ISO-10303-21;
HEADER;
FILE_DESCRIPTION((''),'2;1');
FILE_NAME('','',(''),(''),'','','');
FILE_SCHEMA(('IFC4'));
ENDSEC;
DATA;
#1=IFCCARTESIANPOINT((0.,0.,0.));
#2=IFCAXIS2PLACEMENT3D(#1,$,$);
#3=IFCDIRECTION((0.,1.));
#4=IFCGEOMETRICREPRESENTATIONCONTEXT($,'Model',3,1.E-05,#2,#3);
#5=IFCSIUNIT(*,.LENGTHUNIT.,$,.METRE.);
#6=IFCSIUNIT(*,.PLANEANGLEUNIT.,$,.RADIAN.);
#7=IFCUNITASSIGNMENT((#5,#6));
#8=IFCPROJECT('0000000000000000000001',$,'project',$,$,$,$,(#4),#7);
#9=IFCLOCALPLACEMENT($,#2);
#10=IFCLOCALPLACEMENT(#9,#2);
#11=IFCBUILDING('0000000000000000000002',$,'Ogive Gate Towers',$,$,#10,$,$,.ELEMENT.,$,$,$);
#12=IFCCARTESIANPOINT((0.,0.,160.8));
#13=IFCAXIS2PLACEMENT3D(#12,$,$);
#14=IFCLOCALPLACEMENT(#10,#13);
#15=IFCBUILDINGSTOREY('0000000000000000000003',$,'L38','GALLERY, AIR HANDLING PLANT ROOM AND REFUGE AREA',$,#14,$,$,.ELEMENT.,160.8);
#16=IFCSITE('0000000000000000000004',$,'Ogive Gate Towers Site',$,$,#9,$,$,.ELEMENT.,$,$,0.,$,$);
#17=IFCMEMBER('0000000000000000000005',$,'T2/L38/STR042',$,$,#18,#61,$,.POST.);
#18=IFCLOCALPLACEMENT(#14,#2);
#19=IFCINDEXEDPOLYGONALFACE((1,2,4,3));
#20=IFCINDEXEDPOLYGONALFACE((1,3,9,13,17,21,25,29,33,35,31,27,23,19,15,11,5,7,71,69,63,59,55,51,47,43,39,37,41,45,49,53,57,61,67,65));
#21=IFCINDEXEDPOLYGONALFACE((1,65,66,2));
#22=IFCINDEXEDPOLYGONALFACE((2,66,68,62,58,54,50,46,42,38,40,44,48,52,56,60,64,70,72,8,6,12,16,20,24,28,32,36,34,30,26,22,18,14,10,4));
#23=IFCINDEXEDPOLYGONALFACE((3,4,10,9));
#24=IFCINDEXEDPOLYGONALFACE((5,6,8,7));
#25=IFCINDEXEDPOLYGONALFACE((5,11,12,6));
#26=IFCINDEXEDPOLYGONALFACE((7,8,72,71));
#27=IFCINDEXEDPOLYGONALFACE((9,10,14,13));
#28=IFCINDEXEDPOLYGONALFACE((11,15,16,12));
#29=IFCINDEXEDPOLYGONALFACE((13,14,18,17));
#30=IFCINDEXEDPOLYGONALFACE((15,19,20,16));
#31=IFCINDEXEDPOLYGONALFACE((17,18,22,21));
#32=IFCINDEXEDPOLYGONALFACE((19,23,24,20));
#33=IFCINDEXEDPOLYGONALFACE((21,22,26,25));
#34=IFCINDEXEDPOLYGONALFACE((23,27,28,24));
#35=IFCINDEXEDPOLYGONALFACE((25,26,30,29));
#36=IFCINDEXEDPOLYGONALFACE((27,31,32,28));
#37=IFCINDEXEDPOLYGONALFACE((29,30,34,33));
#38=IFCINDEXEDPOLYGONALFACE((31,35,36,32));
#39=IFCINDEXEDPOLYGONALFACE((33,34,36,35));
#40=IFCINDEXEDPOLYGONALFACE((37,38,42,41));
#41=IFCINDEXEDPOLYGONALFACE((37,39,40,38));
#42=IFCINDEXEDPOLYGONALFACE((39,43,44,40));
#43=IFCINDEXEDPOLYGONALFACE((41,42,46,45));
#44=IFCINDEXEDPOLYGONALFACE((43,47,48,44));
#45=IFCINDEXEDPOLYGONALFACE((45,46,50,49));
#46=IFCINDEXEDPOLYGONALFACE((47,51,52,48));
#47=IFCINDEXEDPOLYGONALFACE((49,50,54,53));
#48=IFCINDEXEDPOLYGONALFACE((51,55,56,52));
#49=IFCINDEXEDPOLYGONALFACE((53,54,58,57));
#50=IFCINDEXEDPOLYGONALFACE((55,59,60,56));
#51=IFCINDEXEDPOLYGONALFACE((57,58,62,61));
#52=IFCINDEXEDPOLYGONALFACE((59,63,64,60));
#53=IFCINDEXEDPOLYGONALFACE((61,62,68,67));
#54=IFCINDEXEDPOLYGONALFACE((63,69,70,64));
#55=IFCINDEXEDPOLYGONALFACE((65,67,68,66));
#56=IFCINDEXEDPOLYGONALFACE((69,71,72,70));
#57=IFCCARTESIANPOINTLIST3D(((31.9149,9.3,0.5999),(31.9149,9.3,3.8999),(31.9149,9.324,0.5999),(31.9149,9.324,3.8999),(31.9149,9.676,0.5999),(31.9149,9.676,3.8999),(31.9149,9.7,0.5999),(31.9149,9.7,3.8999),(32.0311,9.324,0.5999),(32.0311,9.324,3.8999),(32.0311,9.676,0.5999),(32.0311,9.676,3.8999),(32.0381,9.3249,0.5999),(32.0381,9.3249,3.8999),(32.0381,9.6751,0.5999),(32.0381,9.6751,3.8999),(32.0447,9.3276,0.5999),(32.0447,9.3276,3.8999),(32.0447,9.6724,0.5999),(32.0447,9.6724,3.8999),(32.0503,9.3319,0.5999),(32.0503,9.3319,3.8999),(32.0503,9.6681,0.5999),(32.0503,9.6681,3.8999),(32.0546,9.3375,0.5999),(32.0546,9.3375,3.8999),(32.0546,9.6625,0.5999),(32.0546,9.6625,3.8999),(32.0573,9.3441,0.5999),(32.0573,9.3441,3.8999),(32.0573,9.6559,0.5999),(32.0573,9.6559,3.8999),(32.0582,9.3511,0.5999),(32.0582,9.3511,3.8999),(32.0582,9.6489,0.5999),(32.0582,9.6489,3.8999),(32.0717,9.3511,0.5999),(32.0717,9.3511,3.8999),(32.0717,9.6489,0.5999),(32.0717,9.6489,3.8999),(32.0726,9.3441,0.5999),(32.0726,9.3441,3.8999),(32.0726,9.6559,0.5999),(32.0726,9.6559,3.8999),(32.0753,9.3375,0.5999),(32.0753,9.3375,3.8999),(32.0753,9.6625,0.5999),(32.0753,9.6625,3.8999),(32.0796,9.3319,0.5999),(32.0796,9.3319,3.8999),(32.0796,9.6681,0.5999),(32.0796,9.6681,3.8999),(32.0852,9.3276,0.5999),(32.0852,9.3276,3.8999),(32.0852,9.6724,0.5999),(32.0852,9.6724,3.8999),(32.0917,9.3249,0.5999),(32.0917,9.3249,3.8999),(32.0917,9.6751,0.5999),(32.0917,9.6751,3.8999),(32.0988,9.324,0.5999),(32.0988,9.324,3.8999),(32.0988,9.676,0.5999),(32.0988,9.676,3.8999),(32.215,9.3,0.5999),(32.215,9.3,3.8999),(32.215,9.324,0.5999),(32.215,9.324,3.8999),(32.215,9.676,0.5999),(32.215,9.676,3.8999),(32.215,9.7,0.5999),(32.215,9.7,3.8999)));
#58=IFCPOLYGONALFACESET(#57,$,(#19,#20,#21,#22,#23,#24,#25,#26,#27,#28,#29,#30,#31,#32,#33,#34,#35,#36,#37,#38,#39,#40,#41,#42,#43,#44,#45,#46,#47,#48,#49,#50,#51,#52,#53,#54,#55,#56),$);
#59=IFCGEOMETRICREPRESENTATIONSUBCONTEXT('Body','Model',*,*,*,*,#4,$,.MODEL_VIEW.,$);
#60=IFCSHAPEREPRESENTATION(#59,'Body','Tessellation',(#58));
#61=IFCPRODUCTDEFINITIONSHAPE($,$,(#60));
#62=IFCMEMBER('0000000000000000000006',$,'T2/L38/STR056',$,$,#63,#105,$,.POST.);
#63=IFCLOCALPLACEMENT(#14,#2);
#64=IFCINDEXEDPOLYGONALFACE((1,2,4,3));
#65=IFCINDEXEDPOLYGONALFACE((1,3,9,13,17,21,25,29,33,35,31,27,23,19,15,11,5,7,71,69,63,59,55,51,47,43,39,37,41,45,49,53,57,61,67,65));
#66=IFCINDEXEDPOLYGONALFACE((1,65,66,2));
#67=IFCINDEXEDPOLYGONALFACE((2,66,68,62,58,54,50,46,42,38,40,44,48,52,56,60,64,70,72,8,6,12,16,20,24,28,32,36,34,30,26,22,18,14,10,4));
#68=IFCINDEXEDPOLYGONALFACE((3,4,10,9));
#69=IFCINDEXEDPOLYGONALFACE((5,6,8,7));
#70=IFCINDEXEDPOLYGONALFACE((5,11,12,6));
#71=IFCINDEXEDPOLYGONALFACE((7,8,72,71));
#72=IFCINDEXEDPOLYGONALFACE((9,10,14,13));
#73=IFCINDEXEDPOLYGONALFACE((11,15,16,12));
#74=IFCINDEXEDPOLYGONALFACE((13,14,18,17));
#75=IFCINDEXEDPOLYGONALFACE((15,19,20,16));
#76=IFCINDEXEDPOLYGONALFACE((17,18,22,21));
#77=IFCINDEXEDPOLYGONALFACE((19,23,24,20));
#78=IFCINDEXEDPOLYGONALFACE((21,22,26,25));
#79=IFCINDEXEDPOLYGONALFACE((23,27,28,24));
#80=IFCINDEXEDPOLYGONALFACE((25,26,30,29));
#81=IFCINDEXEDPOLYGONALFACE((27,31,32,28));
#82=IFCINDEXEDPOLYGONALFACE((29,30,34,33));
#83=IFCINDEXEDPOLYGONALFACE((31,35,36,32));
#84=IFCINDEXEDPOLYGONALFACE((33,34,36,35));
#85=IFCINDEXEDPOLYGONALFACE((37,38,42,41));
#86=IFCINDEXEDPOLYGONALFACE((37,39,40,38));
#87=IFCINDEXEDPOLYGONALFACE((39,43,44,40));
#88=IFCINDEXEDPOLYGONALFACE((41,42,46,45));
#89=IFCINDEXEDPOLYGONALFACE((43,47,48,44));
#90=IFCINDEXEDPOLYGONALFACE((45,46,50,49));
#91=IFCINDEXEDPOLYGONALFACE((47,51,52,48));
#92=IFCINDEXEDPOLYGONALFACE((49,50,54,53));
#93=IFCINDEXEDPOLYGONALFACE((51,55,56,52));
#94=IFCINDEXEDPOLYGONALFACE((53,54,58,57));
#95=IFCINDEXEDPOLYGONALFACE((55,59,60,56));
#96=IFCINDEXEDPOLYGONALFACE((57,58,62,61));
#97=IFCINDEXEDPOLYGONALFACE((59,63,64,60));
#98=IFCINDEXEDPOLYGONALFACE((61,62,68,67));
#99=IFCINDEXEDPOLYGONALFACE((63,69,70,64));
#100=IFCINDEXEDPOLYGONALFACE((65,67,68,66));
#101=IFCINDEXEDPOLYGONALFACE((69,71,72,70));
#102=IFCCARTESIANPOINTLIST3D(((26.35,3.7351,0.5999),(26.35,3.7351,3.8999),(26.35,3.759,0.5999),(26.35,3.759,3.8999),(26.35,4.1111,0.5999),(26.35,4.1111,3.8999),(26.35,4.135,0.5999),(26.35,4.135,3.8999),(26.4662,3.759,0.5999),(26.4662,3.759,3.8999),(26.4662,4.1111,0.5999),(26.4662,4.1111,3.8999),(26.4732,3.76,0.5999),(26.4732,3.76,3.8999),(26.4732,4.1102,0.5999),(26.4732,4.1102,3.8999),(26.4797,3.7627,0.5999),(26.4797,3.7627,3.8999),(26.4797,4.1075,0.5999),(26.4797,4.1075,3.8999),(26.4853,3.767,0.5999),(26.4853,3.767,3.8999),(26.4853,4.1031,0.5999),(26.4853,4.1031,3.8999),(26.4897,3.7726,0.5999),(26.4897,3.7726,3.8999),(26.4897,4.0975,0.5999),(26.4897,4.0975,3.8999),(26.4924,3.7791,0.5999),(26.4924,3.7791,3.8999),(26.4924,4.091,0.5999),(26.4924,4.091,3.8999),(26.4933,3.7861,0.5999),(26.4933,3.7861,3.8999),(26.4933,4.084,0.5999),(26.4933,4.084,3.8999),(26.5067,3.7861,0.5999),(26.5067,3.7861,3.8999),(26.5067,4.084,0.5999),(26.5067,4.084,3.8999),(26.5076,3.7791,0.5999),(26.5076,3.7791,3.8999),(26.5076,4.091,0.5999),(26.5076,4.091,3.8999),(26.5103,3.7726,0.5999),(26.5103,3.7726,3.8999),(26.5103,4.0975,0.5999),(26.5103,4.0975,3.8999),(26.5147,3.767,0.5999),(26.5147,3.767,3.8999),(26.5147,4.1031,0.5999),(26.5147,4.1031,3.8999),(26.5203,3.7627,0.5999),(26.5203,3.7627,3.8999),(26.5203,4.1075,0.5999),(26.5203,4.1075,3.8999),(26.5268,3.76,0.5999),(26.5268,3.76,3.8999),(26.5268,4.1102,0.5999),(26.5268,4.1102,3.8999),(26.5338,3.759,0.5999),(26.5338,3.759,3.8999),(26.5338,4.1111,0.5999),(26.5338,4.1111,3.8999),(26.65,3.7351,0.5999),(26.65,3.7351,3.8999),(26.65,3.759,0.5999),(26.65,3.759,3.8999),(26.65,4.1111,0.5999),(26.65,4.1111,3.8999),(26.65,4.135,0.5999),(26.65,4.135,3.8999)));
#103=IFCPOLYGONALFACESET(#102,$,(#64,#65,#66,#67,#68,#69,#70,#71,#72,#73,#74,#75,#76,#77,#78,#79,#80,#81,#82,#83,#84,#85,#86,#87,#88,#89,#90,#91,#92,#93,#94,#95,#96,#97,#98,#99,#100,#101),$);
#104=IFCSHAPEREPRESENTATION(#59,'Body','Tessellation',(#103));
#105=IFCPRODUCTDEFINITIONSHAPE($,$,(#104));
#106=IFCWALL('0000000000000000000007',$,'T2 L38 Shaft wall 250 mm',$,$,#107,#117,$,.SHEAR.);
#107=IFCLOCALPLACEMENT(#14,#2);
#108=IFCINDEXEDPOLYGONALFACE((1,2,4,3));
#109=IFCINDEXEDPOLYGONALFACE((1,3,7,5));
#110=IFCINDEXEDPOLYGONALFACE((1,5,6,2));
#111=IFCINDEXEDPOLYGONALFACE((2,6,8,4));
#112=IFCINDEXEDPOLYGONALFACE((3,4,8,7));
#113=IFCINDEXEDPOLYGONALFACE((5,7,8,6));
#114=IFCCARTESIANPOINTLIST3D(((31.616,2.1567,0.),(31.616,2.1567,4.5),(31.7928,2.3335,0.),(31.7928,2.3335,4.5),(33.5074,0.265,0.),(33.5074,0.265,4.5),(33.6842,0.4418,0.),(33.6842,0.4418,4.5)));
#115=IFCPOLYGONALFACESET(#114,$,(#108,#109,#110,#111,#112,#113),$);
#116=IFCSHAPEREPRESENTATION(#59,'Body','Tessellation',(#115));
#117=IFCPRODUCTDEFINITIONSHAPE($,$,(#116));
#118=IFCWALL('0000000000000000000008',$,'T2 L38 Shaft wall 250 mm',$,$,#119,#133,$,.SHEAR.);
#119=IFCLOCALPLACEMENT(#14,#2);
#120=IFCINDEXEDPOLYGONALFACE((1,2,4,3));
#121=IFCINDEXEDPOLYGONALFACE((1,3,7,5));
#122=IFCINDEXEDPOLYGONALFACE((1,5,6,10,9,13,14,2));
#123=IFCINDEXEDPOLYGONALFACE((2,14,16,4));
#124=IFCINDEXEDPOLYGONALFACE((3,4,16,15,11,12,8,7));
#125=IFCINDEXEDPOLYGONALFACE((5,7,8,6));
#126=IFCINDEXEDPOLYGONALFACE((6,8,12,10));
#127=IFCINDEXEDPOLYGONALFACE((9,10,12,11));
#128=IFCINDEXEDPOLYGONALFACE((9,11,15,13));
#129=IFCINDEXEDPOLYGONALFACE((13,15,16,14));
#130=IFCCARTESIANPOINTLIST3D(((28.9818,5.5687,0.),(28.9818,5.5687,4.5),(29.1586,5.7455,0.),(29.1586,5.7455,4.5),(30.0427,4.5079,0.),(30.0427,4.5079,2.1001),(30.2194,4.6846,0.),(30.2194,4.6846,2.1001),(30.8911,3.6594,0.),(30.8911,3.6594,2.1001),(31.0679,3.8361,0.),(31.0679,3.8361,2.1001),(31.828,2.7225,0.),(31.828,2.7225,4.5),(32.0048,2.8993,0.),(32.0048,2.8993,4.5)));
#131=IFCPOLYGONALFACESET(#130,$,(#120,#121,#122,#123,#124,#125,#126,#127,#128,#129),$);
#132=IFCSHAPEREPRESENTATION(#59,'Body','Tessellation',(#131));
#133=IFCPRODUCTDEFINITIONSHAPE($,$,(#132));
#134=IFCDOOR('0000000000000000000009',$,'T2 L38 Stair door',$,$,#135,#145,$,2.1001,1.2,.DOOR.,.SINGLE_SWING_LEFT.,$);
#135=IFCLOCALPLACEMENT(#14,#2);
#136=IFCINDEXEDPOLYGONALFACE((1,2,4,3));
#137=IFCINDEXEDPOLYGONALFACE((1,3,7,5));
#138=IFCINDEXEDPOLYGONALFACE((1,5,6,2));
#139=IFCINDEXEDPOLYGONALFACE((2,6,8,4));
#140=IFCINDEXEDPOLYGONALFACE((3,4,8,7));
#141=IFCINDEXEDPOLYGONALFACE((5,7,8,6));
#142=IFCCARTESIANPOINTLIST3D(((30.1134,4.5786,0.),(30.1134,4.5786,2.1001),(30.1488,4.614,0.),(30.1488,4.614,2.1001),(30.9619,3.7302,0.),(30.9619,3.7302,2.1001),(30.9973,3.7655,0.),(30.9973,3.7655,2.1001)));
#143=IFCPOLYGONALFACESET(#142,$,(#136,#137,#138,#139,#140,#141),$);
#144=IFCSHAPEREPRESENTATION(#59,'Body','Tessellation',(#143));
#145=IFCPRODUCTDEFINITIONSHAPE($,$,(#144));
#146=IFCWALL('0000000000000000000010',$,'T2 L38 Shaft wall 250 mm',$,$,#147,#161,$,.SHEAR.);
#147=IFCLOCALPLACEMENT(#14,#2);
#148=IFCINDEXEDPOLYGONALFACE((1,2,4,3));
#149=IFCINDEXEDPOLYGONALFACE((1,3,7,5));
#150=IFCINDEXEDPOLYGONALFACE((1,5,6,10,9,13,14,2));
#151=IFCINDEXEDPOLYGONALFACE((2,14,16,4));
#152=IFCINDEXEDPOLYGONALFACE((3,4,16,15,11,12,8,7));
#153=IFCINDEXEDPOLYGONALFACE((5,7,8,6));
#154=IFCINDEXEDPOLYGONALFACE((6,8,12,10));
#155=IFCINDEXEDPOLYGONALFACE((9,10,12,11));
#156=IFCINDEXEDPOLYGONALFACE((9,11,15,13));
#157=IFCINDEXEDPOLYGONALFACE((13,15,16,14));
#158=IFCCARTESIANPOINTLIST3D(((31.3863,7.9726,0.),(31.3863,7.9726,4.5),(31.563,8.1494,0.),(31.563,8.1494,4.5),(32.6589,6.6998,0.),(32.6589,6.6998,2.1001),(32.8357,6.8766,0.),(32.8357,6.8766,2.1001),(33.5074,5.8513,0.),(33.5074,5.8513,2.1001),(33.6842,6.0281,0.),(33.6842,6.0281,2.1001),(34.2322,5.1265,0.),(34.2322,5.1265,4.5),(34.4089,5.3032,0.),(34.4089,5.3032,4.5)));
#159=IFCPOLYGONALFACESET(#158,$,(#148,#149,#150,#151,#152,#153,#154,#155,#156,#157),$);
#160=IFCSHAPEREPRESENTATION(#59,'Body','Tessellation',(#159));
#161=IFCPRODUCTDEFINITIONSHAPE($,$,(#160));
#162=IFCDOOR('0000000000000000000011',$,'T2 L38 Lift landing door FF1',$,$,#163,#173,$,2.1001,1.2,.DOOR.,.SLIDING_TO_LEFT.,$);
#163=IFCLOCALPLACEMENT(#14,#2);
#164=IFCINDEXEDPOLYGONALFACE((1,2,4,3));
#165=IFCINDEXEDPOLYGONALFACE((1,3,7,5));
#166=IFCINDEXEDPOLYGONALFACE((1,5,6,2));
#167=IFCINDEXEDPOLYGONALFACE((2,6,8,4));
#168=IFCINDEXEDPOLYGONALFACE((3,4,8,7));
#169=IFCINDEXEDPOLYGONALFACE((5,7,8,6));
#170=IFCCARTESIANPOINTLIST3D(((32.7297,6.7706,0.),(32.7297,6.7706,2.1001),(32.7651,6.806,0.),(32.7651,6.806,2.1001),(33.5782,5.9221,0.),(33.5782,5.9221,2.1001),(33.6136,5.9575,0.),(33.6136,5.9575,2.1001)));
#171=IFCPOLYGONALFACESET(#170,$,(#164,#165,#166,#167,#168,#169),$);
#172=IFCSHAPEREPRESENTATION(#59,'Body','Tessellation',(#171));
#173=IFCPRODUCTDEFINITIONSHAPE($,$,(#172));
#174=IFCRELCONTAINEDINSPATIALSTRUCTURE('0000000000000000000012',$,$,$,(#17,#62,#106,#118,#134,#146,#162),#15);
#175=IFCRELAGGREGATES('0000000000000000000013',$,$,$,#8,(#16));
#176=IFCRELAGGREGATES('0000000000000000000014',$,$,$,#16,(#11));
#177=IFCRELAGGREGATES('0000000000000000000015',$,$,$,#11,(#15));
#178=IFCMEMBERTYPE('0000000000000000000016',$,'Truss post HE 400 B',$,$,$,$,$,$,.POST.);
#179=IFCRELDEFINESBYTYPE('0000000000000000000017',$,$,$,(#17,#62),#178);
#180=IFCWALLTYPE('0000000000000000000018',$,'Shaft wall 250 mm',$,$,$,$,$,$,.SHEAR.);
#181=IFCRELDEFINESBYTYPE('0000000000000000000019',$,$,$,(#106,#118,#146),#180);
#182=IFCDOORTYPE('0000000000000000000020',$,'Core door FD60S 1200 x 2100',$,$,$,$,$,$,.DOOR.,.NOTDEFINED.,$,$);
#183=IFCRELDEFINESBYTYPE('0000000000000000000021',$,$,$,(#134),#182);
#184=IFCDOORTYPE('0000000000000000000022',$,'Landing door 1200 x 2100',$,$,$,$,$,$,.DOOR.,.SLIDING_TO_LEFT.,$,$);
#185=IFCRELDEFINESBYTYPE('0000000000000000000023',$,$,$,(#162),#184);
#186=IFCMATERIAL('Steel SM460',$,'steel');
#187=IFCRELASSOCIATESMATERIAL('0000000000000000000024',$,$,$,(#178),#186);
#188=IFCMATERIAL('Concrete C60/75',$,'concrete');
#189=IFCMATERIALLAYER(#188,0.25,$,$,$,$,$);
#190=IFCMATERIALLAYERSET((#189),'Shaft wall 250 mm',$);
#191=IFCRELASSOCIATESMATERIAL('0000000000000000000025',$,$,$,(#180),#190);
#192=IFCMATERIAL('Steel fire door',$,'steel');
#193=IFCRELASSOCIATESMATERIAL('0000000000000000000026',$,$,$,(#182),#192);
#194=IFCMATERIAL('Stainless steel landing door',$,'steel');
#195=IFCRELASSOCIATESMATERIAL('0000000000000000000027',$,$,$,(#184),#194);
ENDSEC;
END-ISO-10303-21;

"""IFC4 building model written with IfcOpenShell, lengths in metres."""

from ifc_helpers import new_model, si_unit, direction, frame, frame_2d, origin, origin_2d, place, context, subcontext, project, spatial, rectangle, i_section, extrude, material, layer, layer_set, material_profile, profile_set, type_object, element, fill, save


model = new_model("IFC4")

# Units and contexts
model_context = context("Model", 3, precision=1e-05, world=origin(), true_north=direction((0.0, 1.0)))
body_context = subcontext(model_context, "Body", "Model", "MODEL_VIEW")
ifc_project = project(units=[si_unit("LENGTHUNIT", "METRE"), si_unit("PLANEANGLEUNIT", "RADIAN")], contexts=[model_context])

# Site, building, storey
site_placement = place(None, origin())
site = spatial("IfcSite", under=ifc_project, at=site_placement, Name="Ogive Gate Towers Site", CompositionType="ELEMENT", RefElevation=0.0)
building_placement = place(site_placement, origin())
building = spatial("IfcBuilding", under=site, at=building_placement, Name="Ogive Gate Towers", CompositionType="ELEMENT")
storey_placement = place(building_placement, frame((0.0, 0.0, 160.8)))
storey = spatial("IfcBuildingStorey", under=building, at=storey_placement, Name="L38", Description="GALLERY, AIR HANDLING PLANT ROOM AND REFUGE AREA", CompositionType="ELEMENT", Elevation=160.8)

# Shared definitions
ifc_material_1 = material(Name="Steel SM460", Category="steel")

# Members
ifc_material_profile_1 = material_profile(ifc_material_1, i_section(OverallWidth=0.3, OverallDepth=0.3999, WebThickness=0.0134, FlangeThickness=0.0239, FilletRadius=0.0271, at=origin_2d()), Name="HE 400 B")
ifc_profile_set_1 = profile_set([ifc_material_profile_1], Name="Steel SM460")
member_type_1 = type_object("IfcMemberType", Name="Truss post HE 400 B", PredefinedType="POST", material=ifc_profile_set_1)
for number, where, z_axis, x_axis, name in (
    (1, (32.0649, 9.5, 0.5999), (0.0, 0.0, 1.0), (1.0, 0.0, 0.0), "T2/L38/STR042"),
    (2, (26.5, 3.9351, 0.5999), (0.0, 0.0, 1.0), (1.0, 0.0, 0.0), "T2/L38/STR056"),
):
    element("IfcMember", number, at=place(storey_placement, frame(where, z_axis=z_axis, x_axis=x_axis)), inside=storey, type_object=member_type_1, Name=name, PredefinedType="POST", context=body_context, shape_type="SweptSolid", body=[
        extrude(i_section(OverallWidth=0.3, OverallDepth=0.3999, WebThickness=0.0134, FlangeThickness=0.0239, FilletRadius=0.0271, at=origin_2d()), origin(), (0.0, 0.0, 1.0), 3.3),
    ])

# Wall
ifc_material_2 = material(Name="Concrete C60/75", Category="concrete")
ifc_layer = layer(ifc_material_2, 0.25)
ifc_layer_set = layer_set([ifc_layer], Name="Shaft wall 250 mm")
wall_type = type_object("IfcWallType", Name="Shaft wall 250 mm", PredefinedType="SHEAR", material=ifc_layer_set)
wall_1_placement = place(storey_placement, frame((33.5957, 0.3535, 0.0), z_axis=(0.0, 0.0, 1.0), x_axis=(-0.707061, 0.707152, 0.0)))
element("IfcWall", 3, at=wall_1_placement, inside=storey, type_object=wall_type, Name="T2 L38 Shaft wall 250 mm", PredefinedType="SHEAR", context=body_context, shape_type="SweptSolid", body=[
    extrude(rectangle(XDim=2.675, YDim=0.25, at=frame_2d((1.3374, 0.0))), origin(), (0.0, 0.0, 1.0), 4.5),
])

# Walls, openings, doors
wall_2_placement = place(storey_placement, frame((31.9165, 2.8108, 0.0), z_axis=(0.0, 0.0, 1.0), x_axis=(-0.707107, 0.707107, 0.0)))
wall_2 = element("IfcWall", 4, at=wall_2_placement, inside=storey, type_object=wall_type, Name="T2 L38 Shaft wall 250 mm", PredefinedType="SHEAR", context=body_context, shape_type="SweptSolid", body=[
    extrude(rectangle(XDim=4.0251, YDim=0.25, at=frame_2d((2.0127, 0.0))), origin(), (0.0, 0.0, 1.0), 4.5),
])
opening_1_placement = place(wall_2_placement, frame((1.325, 0.0, 0.0)))
opening_1 = element("IfcOpeningElement", 5, at=opening_1_placement, cuts=wall_2, PredefinedType="OPENING", context=body_context, shape_type="SweptSolid", body=[
    extrude(rectangle(XDim=1.2, YDim=2.1001, at=frame_2d((0.6001, 1.05))), frame((0.0, 0.135, 0.0), z_axis=(0.0, -1.0, 0.0), x_axis=(1.0, 0.0, 0.0)), (0.0, 0.0, 1.0), 0.27),
])
ifc_material_3 = material(Name="Steel fire door", Category="steel")
door_type_1 = type_object("IfcDoorType", Name="Core door FD60S 1200 x 2100", OperationType="NOTDEFINED", PredefinedType="DOOR", material=ifc_material_3)
door_1_placement = place(opening_1_placement, origin())
door_1 = element("IfcDoor", 6, at=door_1_placement, inside=storey, type_object=door_type_1, Name="T2 L38 Stair door", OperationType="SINGLE_SWING_LEFT", OverallHeight=2.1001, OverallWidth=1.2, PredefinedType="DOOR", context=body_context, shape_type="SweptSolid", body=[
    extrude(rectangle(XDim=1.2, YDim=2.1001, at=frame_2d((0.6001, 1.05))), frame((0.0, 0.0249, 0.0), z_axis=(0.0, -1.0, 0.0), x_axis=(1.0, 0.0, 0.0)), (0.0, 0.0, 1.0), 0.05),
])
fill(opening_1, door_1)
wall_3_placement = place(storey_placement, frame((34.3206, 5.2148, 0.0), z_axis=(0.0, 0.0, 1.0), x_axis=(-0.707076, 0.707137, 0.0)))
wall_3 = element("IfcWall", 7, at=wall_3_placement, inside=storey, type_object=wall_type, Name="T2 L38 Shaft wall 250 mm", PredefinedType="SHEAR", context=body_context, shape_type="SweptSolid", body=[
    extrude(rectangle(XDim=4.0249, YDim=0.25, at=frame_2d((2.0125, 0.0))), origin(), (0.0, 0.0, 1.0), 4.5),
])
opening_2_placement = place(wall_3_placement, frame((1.0249, 0.0, 0.0)))
opening_2 = element("IfcOpeningElement", 8, at=opening_2_placement, cuts=wall_3, PredefinedType="OPENING", context=body_context, shape_type="SweptSolid", body=[
    extrude(rectangle(XDim=1.2, YDim=2.1001, at=frame_2d((0.6001, 1.05))), frame((0.0, 0.135, 0.0), z_axis=(0.0, -1.0, 0.0), x_axis=(1.0, 0.0, 0.0)), (0.0, 0.0, 1.0), 0.27),
])
ifc_material_4 = material(Name="Stainless steel landing door", Category="steel")
door_type_2 = type_object("IfcDoorType", Name="Landing door 1200 x 2100", OperationType="SLIDING_TO_LEFT", PredefinedType="DOOR", material=ifc_material_4)
door_2_placement = place(opening_2_placement, origin())
door_2 = element("IfcDoor", 9, at=door_2_placement, inside=storey, type_object=door_type_2, Name="T2 L38 Lift landing door FF1", OperationType="SLIDING_TO_LEFT", OverallHeight=2.1001, OverallWidth=1.2, PredefinedType="DOOR", context=body_context, shape_type="SweptSolid", body=[
    extrude(rectangle(XDim=1.2, YDim=2.1001, at=frame_2d((0.6001, 1.05))), frame((0.0, 0.0249, 0.0), z_axis=(0.0, -1.0, 0.0), x_axis=(1.0, 0.0, 0.0)), (0.0, 0.0, 1.0), 0.05),
])
fill(opening_2, door_2)

save(model, "model.ifc")
